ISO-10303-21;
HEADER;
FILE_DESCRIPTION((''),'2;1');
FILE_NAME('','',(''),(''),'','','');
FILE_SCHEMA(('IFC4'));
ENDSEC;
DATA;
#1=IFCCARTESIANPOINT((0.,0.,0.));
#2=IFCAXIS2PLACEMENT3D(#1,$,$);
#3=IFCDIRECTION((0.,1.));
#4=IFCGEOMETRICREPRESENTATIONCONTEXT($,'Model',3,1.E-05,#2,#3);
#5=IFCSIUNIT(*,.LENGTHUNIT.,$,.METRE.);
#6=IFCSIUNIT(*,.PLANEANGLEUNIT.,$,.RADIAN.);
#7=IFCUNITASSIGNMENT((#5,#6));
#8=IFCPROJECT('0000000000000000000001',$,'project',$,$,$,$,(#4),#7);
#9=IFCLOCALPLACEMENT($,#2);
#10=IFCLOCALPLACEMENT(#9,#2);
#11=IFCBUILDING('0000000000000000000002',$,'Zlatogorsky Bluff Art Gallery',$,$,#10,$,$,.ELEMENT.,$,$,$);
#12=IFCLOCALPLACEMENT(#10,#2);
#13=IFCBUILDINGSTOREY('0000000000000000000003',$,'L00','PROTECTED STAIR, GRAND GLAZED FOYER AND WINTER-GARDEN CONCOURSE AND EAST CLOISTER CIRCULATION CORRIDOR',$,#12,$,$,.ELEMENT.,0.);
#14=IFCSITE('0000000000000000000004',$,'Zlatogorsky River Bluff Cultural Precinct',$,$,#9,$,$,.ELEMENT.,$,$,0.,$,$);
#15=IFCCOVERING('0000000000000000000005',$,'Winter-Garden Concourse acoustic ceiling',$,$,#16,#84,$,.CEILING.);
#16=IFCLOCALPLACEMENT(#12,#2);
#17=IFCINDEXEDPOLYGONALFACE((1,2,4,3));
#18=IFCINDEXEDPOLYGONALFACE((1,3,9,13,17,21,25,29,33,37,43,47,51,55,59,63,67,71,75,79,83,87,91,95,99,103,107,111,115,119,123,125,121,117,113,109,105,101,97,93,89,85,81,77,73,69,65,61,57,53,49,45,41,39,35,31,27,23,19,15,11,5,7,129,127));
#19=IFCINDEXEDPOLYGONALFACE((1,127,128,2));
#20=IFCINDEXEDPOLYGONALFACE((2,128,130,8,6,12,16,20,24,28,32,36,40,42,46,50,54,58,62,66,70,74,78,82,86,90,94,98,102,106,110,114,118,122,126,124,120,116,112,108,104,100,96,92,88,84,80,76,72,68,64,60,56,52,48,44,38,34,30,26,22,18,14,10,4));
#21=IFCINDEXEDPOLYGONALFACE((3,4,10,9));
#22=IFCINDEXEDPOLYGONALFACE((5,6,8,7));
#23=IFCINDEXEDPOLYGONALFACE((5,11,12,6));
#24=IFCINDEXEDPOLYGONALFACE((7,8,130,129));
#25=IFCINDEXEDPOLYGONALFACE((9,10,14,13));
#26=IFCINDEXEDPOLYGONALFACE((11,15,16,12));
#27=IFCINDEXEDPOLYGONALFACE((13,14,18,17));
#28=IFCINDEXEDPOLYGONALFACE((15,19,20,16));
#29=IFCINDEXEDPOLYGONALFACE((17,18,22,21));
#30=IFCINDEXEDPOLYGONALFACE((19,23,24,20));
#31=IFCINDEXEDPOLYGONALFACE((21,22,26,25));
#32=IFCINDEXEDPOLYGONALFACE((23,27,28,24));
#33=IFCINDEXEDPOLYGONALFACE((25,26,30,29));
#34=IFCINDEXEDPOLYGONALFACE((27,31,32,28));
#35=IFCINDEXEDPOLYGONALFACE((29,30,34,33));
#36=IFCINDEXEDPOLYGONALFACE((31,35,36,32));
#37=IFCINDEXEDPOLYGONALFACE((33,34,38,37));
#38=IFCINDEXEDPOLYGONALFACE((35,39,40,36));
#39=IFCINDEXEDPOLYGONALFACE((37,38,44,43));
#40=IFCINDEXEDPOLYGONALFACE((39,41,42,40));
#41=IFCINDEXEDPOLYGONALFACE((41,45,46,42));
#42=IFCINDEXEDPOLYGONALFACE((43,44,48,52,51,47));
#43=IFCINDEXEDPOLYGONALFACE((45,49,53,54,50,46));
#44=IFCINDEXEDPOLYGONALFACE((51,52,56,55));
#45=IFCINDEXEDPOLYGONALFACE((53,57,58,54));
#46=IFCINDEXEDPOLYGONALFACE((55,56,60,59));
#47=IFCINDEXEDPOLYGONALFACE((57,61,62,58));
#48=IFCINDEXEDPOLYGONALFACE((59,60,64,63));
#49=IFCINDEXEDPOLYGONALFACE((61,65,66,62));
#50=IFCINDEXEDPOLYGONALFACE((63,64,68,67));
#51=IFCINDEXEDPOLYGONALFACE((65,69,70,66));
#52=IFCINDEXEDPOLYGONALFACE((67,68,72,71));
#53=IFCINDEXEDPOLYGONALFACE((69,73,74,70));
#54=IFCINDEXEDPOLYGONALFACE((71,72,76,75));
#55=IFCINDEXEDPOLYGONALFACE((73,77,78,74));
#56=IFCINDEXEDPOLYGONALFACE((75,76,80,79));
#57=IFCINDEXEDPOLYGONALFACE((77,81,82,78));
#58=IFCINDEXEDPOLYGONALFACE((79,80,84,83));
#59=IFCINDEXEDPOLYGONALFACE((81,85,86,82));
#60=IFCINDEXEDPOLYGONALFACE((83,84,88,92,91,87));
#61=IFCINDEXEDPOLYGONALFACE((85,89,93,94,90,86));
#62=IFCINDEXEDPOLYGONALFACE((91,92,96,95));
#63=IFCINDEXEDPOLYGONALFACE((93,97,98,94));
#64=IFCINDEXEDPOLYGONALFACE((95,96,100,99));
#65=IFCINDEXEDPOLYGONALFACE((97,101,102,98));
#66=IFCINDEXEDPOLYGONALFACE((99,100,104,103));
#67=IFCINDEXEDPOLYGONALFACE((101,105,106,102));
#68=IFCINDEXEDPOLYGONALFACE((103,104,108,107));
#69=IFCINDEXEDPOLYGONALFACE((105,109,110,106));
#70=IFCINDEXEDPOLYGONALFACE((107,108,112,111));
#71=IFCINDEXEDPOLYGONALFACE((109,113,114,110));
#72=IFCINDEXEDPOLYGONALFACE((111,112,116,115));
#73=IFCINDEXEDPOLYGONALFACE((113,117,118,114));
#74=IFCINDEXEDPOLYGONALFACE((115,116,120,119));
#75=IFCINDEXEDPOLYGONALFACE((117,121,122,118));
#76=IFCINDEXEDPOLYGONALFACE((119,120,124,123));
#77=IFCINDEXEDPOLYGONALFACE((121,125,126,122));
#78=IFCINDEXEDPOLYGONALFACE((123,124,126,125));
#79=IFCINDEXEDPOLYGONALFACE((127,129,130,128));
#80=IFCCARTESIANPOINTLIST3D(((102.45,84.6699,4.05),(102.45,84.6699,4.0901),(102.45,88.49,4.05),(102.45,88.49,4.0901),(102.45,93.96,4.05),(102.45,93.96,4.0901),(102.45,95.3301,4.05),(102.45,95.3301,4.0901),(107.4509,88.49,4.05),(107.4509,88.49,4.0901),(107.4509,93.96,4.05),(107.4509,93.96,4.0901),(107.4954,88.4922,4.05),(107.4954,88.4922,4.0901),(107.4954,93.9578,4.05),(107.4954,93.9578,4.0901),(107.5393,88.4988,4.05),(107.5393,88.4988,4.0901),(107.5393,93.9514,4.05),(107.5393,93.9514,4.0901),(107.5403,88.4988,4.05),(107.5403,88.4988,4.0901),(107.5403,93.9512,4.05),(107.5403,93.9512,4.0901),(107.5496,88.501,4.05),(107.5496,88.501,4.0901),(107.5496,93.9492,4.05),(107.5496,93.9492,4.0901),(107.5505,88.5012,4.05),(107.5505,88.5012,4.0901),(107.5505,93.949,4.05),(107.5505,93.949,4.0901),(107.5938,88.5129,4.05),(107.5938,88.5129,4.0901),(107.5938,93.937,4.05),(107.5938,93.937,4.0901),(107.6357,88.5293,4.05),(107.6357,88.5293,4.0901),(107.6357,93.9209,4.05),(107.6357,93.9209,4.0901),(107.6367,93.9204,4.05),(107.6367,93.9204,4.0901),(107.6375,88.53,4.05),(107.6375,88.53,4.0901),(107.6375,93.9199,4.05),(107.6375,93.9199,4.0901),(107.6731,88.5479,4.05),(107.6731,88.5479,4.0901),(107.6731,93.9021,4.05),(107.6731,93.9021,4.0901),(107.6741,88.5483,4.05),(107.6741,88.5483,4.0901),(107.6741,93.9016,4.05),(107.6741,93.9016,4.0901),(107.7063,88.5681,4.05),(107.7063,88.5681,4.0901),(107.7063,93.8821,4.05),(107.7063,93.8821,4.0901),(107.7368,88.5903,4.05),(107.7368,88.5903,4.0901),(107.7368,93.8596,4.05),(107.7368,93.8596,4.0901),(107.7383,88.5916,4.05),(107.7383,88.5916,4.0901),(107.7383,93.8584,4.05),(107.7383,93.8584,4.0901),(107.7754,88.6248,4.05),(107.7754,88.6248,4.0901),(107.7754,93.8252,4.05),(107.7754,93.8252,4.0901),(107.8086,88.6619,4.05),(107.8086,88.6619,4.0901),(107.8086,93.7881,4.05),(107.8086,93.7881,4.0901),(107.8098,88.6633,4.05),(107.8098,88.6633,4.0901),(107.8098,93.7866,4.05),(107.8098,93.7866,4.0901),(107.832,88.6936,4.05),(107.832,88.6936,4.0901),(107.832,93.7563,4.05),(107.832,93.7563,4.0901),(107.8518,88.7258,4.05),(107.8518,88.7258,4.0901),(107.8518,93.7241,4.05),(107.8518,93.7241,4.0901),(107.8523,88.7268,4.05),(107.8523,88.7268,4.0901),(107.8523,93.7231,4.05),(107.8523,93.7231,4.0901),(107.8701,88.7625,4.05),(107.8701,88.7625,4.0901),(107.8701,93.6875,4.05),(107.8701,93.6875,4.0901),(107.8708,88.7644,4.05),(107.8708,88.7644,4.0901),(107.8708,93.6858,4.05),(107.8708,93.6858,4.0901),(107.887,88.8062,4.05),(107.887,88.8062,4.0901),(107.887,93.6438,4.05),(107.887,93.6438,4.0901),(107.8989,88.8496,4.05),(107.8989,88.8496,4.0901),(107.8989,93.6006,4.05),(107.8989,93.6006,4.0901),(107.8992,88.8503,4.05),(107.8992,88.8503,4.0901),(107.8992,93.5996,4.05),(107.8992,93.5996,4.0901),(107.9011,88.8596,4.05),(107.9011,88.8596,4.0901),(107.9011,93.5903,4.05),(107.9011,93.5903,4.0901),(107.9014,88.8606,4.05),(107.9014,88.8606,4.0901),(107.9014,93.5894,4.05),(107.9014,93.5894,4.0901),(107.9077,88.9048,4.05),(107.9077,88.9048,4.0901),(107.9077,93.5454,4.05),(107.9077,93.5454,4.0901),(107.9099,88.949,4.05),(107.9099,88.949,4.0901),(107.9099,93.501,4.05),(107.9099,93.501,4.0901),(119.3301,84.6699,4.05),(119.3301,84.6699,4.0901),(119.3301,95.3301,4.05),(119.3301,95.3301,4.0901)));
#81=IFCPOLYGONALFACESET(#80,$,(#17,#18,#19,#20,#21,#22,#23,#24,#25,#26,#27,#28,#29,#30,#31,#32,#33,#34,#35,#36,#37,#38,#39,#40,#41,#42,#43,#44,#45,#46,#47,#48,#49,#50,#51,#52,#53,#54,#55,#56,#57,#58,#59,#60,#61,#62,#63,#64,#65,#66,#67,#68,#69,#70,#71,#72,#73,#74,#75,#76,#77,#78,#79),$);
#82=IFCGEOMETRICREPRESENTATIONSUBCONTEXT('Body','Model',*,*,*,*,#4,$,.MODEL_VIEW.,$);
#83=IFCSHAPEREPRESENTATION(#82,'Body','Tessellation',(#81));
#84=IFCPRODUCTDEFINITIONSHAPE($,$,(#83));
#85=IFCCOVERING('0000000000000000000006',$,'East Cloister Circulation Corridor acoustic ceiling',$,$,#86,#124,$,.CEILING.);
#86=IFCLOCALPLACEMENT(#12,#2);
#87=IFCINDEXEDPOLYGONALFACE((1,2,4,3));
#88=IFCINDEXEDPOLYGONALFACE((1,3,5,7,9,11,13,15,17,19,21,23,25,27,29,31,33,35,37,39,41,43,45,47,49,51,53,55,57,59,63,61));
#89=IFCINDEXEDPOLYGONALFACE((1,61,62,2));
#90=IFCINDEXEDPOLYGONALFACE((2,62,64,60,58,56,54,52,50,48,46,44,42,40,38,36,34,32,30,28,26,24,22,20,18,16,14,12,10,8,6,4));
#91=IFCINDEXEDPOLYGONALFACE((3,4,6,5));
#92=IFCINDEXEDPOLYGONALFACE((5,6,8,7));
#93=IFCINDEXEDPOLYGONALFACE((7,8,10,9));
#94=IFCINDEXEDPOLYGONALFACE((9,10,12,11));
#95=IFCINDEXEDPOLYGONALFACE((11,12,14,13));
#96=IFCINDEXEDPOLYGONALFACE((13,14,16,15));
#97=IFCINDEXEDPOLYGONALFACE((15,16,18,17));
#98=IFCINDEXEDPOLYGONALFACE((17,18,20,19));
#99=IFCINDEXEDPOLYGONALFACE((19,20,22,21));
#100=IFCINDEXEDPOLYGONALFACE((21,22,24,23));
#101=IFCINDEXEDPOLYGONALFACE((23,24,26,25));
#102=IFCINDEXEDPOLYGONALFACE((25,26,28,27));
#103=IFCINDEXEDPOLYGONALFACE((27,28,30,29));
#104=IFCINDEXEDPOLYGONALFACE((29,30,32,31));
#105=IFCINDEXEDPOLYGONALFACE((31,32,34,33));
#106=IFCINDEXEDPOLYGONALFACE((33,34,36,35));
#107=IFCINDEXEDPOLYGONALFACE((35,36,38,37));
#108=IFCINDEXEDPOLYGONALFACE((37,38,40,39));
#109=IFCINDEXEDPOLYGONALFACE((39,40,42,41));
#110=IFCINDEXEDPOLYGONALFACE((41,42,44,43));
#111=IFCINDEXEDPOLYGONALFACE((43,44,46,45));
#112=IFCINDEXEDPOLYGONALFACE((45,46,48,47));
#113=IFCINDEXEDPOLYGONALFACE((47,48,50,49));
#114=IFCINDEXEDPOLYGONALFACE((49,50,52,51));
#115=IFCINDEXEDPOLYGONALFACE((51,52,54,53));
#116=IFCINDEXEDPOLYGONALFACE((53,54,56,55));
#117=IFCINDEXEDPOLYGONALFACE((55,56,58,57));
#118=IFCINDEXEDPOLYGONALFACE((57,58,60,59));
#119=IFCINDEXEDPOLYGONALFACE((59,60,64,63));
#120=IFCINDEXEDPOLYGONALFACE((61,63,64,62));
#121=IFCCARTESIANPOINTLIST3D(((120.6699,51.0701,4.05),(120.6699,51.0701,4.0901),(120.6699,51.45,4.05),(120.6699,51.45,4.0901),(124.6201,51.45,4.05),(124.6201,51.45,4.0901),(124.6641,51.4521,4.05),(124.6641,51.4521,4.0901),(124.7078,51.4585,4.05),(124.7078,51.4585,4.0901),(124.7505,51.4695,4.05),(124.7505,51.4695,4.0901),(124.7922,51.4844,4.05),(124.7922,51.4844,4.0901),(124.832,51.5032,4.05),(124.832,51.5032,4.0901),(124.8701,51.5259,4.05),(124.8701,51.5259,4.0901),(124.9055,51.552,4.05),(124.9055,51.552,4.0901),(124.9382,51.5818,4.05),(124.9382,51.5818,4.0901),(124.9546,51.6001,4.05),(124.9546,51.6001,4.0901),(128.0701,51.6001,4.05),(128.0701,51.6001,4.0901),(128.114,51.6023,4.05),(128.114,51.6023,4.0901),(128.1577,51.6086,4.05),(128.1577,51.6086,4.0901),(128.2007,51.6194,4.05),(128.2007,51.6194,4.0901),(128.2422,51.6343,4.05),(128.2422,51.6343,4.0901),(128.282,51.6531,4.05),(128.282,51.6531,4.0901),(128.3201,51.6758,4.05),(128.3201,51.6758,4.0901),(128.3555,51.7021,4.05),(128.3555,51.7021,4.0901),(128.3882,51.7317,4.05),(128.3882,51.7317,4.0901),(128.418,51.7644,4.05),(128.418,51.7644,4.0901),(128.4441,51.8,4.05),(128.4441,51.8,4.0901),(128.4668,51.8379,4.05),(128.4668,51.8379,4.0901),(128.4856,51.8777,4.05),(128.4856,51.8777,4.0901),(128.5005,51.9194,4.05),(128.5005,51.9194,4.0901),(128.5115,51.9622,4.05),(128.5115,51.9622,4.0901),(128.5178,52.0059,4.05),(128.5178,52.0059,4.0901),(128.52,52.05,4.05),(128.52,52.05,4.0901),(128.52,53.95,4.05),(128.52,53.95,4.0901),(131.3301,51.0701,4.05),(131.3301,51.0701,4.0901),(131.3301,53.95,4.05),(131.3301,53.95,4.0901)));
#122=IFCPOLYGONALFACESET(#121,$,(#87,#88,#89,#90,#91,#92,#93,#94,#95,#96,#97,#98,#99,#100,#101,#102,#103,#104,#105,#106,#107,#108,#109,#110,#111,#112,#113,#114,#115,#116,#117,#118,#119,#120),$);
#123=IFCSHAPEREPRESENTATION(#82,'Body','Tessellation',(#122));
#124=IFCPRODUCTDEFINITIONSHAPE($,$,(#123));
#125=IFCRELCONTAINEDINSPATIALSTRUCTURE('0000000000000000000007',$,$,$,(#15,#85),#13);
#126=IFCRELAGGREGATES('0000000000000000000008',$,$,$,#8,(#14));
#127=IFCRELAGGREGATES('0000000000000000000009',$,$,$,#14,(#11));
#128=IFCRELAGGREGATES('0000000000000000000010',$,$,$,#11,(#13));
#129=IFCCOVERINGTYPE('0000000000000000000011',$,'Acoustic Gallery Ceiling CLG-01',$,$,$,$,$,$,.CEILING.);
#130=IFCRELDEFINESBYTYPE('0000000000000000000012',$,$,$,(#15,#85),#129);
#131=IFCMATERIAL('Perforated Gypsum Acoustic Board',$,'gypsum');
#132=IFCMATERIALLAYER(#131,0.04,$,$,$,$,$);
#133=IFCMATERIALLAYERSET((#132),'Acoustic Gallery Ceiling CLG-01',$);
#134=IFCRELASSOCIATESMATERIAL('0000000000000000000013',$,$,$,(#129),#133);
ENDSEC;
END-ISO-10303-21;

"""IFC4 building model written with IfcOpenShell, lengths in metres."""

from ifc_helpers import new_model, si_unit, direction, frame, origin, place, context, subcontext, project, spatial, polyline, outline, extrude, material, layer, layer_set, type_object, element, save


model = new_model("IFC4")

# Units and contexts
model_context = context("Model", 3, precision=1e-05, world=origin(), true_north=direction((0.0, 1.0)))
body_context = subcontext(model_context, "Body", "Model", "MODEL_VIEW")
ifc_project = project(units=[si_unit("LENGTHUNIT", "METRE"), si_unit("PLANEANGLEUNIT", "RADIAN")], contexts=[model_context])

# Site, building, storey
site_placement = place(None, origin())
site = spatial("IfcSite", under=ifc_project, at=site_placement, Name="Zlatogorsky River Bluff Cultural Precinct", CompositionType="ELEMENT", RefElevation=0.0)
building_placement = place(site_placement, origin())
building = spatial("IfcBuilding", under=site, at=building_placement, Name="Zlatogorsky Bluff Art Gallery", CompositionType="ELEMENT")
storey_placement = place(building_placement, origin())
storey = spatial("IfcBuildingStorey", under=building, at=storey_placement, Name="L00", Description="PROTECTED STAIR, GRAND GLAZED FOYER AND WINTER-GARDEN CONCOURSE AND EAST CLOISTER CIRCULATION CORRIDOR", CompositionType="ELEMENT", Elevation=0.0)

# Coverings
ifc_material_1 = material(Name="Perforated Gypsum Acoustic Board", Category="gypsum")
ifc_layer_1 = layer(ifc_material_1, 0.04)
ifc_layer_set_1 = layer_set([ifc_layer_1], Name="Acoustic Gallery Ceiling CLG-01")
covering_type_1 = type_object("IfcCoveringType", Name="Acoustic Gallery Ceiling CLG-01", PredefinedType="CEILING", material=ifc_layer_set_1)
covering_1_placement = place(storey_placement, frame((0.0, 0.0, 4.05)))
element("IfcCovering", 1, at=covering_1_placement, inside=storey, type_object=covering_type_1, Name="Winter-Garden Concourse acoustic ceiling", PredefinedType="CEILING", context=body_context, shape_type="SweptSolid", body=[
    extrude(outline(polyline([(102.45, 84.6699), (102.45, 88.49), (107.4509, 88.49), (107.4954, 88.4922), (107.5393, 88.4988), (107.5403, 88.4988), (107.5496, 88.501), (107.5505, 88.5012), (107.5938, 88.5129), (107.6357, 88.5293), (107.6375, 88.53), (107.6731, 88.5479), (107.6741, 88.5483), (107.7063, 88.5681), (107.7368, 88.5903), (107.7383, 88.5916), (107.7754, 88.6248), (107.8086, 88.6619), (107.8098, 88.6633), (107.832, 88.6936), (107.8518, 88.7258), (107.8523, 88.7268), (107.8701, 88.7625), (107.8708, 88.7644), (107.887, 88.8062), (107.8989, 88.8496), (107.8992, 88.8503), (107.9011, 88.8596), (107.9014, 88.8606), (107.9077, 88.9048), (107.9099, 88.949), (107.9099, 93.501), (107.9077, 93.5454), (107.9014, 93.5894), (107.9011, 93.5903), (107.8992, 93.5996), (107.8989, 93.6006), (107.887, 93.6438), (107.8708, 93.6858), (107.8701, 93.6875), (107.8523, 93.7231), (107.8518, 93.7241), (107.832, 93.7563), (107.8098, 93.7866), (107.8086, 93.7881), (107.7754, 93.8252), (107.7383, 93.8584), (107.7368, 93.8596), (107.7063, 93.8821), (107.6741, 93.9016), (107.6731, 93.9021), (107.6375, 93.9199), (107.6367, 93.9204), (107.6357, 93.9209), (107.5938, 93.937), (107.5505, 93.949), (107.5496, 93.9492), (107.5403, 93.9512), (107.5393, 93.9514), (107.4954, 93.9578), (107.4509, 93.96), (102.45, 93.96), (102.45, 95.3301), (119.3301, 95.3301), (119.3301, 84.6699), (102.45, 84.6699)])), origin(), (0.0, 0.0, 1.0), 0.04),
])
covering_2_placement = place(storey_placement, frame((0.0, 0.0, 4.05)))
element("IfcCovering", 2, at=covering_2_placement, inside=storey, type_object=covering_type_1, Name="East Cloister Circulation Corridor acoustic ceiling", PredefinedType="CEILING", context=body_context, shape_type="SweptSolid", body=[
    extrude(outline(polyline([(124.6201, 51.45), (124.6641, 51.4521), (124.7078, 51.4585), (124.7505, 51.4695), (124.7922, 51.4844), (124.832, 51.5032), (124.8701, 51.5259), (124.9055, 51.552), (124.9382, 51.5818), (124.9546, 51.6001), (128.0701, 51.6001), (128.114, 51.6023), (128.1577, 51.6086), (128.2007, 51.6194), (128.2422, 51.6343), (128.282, 51.6531), (128.3201, 51.6758), (128.3555, 51.7021), (128.3882, 51.7317), (128.418, 51.7644), (128.4441, 51.8), (128.4668, 51.8379), (128.4856, 51.8777), (128.5005, 51.9194), (128.5115, 51.9622), (128.5178, 52.0059), (128.52, 52.05), (128.52, 53.95), (131.3301, 53.95), (131.3301, 51.0701), (120.6699, 51.0701), (120.6699, 51.45), (124.6201, 51.45)])), origin(), (0.0, 0.0, 1.0), 0.04),
])

save(model, "model.ifc")
